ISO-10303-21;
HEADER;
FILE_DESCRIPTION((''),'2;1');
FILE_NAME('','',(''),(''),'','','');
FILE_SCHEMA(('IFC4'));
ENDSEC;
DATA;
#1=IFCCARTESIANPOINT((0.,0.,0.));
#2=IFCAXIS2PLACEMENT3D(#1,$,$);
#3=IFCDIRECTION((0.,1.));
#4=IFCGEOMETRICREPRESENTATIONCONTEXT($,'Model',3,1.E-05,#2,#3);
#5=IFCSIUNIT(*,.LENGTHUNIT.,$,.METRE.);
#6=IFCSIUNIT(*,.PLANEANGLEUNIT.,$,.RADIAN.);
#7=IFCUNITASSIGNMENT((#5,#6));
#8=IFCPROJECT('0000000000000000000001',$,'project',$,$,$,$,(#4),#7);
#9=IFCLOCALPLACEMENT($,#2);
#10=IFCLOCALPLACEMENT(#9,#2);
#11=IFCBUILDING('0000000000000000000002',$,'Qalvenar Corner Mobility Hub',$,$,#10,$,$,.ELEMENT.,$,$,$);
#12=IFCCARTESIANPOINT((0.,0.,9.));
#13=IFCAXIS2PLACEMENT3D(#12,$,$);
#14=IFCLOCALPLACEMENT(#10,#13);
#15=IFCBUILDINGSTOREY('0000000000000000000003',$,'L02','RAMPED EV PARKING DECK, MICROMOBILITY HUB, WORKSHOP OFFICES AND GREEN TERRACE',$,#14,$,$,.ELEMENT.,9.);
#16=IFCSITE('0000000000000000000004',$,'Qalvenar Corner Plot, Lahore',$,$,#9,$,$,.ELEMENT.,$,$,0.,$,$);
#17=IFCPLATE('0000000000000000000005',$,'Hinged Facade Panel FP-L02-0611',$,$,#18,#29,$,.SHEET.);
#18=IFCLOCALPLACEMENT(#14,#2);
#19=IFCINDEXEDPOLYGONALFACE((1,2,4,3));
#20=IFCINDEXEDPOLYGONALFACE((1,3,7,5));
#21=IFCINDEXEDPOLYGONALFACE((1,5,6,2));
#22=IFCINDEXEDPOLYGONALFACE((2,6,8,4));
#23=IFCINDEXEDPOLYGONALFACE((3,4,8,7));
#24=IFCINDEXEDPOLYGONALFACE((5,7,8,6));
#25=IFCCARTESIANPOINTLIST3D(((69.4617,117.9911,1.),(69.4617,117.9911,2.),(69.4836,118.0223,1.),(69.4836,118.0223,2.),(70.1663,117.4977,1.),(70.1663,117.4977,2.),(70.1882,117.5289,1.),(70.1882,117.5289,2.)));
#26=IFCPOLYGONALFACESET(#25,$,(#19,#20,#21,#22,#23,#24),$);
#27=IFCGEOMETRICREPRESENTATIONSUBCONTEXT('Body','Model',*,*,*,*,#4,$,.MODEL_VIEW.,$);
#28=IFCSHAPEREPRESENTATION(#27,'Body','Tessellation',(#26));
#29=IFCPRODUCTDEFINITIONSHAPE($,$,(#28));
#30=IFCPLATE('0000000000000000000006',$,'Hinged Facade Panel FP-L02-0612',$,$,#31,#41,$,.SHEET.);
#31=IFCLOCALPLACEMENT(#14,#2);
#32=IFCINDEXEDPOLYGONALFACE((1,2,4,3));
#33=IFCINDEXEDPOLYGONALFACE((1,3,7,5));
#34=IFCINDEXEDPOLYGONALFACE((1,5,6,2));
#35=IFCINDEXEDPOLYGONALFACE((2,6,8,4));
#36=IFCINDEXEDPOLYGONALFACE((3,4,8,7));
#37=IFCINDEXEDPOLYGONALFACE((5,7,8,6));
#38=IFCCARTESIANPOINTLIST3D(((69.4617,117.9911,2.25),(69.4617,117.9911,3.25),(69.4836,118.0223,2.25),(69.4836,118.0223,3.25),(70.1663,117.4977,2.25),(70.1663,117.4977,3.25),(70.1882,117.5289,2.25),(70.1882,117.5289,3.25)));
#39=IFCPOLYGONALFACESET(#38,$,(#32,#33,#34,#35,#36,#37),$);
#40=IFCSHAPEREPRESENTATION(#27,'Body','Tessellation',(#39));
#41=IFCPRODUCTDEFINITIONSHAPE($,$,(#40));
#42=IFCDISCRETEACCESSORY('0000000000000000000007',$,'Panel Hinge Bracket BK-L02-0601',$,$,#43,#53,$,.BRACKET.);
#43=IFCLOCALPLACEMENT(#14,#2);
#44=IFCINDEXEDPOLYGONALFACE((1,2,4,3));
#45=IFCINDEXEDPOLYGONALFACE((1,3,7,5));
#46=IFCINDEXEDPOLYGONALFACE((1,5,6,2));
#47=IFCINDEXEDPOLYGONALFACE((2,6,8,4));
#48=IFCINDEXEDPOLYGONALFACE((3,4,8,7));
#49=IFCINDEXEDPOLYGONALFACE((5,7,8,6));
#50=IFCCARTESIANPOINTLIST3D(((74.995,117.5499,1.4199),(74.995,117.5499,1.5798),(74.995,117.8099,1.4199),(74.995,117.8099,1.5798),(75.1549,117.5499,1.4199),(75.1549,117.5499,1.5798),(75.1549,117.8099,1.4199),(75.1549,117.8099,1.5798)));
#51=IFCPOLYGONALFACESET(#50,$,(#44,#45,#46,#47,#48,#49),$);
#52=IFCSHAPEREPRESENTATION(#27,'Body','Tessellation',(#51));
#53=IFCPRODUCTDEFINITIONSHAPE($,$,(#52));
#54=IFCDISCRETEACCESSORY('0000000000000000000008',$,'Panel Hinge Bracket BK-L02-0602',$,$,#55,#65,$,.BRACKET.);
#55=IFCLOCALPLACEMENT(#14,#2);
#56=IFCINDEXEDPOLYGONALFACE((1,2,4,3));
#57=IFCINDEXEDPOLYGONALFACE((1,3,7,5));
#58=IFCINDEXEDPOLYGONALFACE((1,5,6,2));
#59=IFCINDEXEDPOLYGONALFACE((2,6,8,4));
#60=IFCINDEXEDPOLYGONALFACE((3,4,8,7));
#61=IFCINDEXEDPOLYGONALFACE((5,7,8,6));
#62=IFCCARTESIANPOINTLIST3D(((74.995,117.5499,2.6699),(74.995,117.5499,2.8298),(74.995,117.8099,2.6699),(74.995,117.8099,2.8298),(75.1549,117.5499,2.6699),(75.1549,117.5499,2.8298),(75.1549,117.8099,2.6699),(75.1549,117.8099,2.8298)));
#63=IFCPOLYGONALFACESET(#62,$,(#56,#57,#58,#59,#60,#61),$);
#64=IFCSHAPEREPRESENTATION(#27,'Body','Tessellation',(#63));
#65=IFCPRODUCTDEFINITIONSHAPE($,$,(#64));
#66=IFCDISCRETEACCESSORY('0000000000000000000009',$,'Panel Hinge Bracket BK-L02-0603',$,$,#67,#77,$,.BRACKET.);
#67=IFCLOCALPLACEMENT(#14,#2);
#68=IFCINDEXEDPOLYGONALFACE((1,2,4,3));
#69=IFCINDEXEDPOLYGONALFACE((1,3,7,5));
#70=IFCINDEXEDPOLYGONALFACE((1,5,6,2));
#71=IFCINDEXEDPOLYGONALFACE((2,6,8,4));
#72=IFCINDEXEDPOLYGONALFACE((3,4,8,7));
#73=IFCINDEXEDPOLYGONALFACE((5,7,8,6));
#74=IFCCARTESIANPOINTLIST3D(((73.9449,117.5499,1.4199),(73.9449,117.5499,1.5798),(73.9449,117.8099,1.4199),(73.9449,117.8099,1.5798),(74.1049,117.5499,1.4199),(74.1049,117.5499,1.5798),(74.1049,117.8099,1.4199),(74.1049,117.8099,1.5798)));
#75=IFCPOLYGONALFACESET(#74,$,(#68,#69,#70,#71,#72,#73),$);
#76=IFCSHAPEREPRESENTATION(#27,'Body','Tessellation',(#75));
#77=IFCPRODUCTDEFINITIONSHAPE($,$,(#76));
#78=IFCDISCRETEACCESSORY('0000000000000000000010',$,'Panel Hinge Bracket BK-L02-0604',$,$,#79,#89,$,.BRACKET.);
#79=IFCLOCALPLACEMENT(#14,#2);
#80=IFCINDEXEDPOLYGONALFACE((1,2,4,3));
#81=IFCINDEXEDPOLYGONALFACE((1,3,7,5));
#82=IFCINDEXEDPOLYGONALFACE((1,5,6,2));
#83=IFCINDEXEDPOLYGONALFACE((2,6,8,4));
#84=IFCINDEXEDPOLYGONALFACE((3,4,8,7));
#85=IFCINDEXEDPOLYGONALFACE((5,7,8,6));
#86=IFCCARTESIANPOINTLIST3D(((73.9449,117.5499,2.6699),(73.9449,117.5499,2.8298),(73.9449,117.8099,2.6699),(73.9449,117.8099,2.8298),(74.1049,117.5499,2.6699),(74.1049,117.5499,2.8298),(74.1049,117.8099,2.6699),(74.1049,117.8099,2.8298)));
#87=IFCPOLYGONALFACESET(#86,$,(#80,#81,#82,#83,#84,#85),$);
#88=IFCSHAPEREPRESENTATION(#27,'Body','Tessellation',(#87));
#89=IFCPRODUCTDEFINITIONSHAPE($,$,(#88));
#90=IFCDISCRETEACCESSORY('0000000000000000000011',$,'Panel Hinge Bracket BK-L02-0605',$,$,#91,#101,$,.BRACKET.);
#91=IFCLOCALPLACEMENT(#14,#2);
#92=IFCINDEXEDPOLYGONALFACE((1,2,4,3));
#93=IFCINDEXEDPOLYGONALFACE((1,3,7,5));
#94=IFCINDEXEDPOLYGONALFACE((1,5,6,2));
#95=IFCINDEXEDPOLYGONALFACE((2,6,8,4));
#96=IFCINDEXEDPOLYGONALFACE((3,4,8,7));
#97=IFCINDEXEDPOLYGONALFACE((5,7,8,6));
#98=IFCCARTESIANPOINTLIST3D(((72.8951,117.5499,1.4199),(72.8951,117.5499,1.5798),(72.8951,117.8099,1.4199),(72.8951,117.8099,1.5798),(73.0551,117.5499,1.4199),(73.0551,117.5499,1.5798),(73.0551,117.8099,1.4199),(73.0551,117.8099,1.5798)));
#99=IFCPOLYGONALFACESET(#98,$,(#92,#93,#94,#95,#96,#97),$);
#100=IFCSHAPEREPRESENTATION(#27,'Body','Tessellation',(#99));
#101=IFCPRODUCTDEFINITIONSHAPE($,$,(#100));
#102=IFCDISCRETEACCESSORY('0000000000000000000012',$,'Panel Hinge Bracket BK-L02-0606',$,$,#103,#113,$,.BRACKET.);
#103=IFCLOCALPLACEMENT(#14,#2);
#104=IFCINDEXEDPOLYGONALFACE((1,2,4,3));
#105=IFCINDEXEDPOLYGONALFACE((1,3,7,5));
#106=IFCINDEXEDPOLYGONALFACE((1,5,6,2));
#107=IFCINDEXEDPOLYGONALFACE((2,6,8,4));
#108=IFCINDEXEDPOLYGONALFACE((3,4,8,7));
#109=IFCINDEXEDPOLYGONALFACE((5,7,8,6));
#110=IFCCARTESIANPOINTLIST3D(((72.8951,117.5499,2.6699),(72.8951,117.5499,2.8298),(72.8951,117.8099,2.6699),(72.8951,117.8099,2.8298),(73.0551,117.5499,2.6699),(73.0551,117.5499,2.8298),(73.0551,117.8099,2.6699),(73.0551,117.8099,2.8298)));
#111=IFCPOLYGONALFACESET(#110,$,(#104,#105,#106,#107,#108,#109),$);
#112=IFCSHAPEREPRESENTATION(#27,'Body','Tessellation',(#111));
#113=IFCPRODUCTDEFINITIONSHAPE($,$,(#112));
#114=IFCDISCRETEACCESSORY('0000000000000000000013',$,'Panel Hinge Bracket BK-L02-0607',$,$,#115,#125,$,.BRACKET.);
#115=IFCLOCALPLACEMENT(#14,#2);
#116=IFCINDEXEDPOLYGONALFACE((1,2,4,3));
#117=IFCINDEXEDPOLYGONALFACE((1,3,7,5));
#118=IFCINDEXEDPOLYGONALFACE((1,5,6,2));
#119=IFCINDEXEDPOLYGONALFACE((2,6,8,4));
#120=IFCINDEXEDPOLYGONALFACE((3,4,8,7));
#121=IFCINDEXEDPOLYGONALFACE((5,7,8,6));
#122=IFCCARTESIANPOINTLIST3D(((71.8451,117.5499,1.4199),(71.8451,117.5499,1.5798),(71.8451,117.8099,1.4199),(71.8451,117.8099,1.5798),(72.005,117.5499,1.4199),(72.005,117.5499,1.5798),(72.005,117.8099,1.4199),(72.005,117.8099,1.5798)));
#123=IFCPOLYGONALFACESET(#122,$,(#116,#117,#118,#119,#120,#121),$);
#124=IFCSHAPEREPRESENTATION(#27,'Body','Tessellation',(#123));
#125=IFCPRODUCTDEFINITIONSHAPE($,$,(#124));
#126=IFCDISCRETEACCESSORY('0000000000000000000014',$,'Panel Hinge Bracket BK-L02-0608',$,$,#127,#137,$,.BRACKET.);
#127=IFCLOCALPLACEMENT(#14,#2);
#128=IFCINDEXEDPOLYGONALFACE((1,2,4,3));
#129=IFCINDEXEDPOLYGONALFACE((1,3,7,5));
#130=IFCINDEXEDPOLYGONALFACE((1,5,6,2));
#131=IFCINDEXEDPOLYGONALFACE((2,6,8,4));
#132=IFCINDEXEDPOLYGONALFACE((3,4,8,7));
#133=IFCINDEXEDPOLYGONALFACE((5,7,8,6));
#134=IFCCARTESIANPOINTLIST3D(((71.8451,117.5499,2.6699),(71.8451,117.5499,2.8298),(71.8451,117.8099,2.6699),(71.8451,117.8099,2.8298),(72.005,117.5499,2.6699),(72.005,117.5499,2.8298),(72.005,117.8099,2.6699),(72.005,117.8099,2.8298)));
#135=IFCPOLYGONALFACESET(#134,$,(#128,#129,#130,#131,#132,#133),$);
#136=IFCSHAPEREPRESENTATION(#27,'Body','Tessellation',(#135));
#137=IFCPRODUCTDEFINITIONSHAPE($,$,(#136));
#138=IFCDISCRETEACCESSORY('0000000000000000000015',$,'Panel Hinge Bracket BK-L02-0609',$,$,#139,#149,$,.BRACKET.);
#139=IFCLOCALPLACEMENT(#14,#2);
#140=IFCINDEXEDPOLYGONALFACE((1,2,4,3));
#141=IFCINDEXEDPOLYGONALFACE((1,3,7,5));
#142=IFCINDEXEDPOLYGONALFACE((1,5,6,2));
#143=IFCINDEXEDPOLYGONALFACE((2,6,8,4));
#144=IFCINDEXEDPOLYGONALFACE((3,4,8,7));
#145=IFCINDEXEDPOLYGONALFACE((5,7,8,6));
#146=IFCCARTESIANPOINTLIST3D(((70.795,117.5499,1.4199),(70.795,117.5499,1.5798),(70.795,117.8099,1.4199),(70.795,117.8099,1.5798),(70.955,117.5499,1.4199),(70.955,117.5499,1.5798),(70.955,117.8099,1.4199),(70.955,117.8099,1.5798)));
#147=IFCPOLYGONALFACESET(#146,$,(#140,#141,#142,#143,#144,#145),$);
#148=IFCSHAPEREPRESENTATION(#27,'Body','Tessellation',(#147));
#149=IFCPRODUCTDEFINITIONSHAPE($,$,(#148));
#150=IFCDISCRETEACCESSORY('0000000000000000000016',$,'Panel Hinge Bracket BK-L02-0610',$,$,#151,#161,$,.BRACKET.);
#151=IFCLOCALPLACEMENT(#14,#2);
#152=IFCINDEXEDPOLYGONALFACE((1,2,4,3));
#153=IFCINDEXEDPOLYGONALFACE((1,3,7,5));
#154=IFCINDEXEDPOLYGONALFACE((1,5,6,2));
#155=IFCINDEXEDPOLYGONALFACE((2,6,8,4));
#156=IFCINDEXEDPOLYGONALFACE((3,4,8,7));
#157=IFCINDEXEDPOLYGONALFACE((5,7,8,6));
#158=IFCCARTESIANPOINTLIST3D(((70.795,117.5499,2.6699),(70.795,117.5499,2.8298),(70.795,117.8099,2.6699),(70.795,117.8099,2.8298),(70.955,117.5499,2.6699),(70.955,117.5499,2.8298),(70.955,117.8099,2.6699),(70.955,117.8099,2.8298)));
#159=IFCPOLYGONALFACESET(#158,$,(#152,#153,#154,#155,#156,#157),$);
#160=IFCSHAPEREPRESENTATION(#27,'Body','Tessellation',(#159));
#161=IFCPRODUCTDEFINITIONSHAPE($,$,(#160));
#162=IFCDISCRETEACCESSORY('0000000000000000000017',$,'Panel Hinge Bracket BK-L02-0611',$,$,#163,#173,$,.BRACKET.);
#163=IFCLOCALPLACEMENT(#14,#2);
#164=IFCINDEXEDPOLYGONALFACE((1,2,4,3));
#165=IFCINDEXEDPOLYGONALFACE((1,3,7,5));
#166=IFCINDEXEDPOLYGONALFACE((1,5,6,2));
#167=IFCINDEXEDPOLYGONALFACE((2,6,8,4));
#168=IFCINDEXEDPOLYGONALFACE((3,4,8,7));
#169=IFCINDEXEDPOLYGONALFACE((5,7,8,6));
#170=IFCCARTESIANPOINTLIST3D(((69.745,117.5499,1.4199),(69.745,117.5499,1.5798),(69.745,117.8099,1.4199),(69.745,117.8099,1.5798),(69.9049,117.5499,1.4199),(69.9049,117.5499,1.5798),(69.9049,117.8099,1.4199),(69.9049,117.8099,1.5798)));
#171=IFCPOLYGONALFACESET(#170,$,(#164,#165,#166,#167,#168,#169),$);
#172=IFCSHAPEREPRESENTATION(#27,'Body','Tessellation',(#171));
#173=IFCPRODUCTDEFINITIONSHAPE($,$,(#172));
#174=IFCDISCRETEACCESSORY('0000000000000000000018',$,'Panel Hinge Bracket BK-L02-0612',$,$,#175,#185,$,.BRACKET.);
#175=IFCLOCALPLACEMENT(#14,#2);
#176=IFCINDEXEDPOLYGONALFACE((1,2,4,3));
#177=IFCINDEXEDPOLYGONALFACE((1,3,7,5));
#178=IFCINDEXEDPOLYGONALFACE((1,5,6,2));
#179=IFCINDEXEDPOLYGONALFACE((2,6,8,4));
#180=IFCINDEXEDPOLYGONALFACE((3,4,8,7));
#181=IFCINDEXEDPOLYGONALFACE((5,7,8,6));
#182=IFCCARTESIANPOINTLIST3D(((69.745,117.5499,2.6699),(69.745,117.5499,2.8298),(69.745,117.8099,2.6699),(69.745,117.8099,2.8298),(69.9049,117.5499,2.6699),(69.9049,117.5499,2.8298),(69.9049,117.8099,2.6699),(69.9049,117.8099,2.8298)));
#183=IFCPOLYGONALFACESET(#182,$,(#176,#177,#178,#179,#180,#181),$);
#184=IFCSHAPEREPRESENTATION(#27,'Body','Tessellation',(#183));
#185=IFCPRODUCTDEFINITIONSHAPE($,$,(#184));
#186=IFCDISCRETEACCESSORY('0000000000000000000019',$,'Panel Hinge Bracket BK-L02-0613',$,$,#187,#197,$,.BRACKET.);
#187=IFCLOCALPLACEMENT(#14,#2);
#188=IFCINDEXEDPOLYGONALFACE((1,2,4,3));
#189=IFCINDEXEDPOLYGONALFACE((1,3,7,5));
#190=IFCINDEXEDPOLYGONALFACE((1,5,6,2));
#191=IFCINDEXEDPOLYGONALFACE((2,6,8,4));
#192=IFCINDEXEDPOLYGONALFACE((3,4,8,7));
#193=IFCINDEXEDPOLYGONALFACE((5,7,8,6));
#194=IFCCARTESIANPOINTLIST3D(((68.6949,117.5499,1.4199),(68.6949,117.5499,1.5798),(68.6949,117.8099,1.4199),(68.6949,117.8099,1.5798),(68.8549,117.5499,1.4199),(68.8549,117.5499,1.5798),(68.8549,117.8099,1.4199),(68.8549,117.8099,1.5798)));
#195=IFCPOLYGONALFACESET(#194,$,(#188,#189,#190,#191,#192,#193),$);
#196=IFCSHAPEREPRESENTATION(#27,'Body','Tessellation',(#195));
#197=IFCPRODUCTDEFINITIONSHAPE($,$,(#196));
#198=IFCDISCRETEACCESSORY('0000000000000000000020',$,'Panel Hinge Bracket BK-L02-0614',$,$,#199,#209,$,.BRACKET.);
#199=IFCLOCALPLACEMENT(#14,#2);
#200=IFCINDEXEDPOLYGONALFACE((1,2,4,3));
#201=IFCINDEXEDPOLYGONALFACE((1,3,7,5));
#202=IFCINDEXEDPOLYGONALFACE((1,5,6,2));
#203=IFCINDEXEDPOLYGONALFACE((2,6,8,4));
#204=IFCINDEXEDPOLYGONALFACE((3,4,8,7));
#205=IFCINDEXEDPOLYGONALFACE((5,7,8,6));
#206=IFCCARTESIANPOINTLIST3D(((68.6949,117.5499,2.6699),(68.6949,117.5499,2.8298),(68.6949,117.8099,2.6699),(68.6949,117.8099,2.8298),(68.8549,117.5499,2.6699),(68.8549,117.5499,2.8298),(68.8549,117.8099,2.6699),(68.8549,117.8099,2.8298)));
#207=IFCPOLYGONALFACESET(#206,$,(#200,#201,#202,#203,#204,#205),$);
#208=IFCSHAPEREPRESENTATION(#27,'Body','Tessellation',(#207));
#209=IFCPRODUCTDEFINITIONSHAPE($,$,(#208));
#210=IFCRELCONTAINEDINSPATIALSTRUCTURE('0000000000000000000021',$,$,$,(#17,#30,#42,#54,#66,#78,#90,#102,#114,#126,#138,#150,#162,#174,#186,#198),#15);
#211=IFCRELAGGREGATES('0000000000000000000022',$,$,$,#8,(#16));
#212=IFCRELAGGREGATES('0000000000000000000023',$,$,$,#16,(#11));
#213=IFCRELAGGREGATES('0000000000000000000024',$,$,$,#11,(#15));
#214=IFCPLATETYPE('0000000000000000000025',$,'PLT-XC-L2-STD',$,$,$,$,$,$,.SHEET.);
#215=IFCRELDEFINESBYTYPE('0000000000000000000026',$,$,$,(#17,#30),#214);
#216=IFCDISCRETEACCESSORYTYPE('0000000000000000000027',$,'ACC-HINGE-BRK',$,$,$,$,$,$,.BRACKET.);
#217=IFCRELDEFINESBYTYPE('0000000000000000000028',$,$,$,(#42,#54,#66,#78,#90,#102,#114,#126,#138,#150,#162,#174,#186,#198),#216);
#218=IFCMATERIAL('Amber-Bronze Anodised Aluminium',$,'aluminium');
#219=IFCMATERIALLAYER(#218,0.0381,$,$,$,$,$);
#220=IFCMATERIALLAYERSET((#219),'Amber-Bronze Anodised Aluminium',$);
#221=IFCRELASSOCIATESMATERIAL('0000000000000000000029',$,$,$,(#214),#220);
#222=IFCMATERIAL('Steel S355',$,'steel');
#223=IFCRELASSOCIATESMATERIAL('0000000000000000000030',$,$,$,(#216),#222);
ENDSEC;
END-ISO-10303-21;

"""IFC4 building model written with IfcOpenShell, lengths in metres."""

from ifc_helpers import new_model, si_unit, direction, frame, origin, origin_2d, place, context, subcontext, project, spatial, rectangle, extrude, material, layer, layer_set, type_object, element, save


model = new_model("IFC4")

# Units and contexts
model_context = context("Model", 3, precision=1e-05, world=origin(), true_north=direction((0.0, 1.0)))
body_context = subcontext(model_context, "Body", "Model", "MODEL_VIEW")
ifc_project = project(units=[si_unit("LENGTHUNIT", "METRE"), si_unit("PLANEANGLEUNIT", "RADIAN")], contexts=[model_context])

# Site, building, storey
site_placement = place(None, origin())
site = spatial("IfcSite", under=ifc_project, at=site_placement, Name="Qalvenar Corner Plot, Lahore", CompositionType="ELEMENT", RefElevation=0.0)
building_placement = place(site_placement, origin())
building = spatial("IfcBuilding", under=site, at=building_placement, Name="Qalvenar Corner Mobility Hub", CompositionType="ELEMENT")
storey_placement = place(building_placement, frame((0.0, 0.0, 9.0)))
storey = spatial("IfcBuildingStorey", under=building, at=storey_placement, Name="L02", Description="RAMPED EV PARKING DECK, MICROMOBILITY HUB, WORKSHOP OFFICES AND GREEN TERRACE", CompositionType="ELEMENT", Elevation=9.0)

# Shared definitions
ifc_material_1 = material(Name="Steel S355", Category="steel")

# Plates
ifc_material_2 = material(Name="Amber-Bronze Anodised Aluminium", Category="aluminium")
ifc_layer_1 = layer(ifc_material_2, 0.0381)
ifc_layer_set_1 = layer_set([ifc_layer_1], Name="Amber-Bronze Anodised Aluminium")
plate_type_1 = type_object("IfcPlateType", Name="PLT-XC-L2-STD", PredefinedType="SHEET", material=ifc_layer_set_1)
for number, where, z_axis, x_axis, name in (
    (1, (69.825, 117.76, 1.0), (0.0, 0.0, 1.0), (-0.819152, 0.573576, 0.0), "Hinged Facade Panel FP-L02-0611"),
    (2, (69.825, 117.76, 2.25), (0.0, 0.0, 1.0), (-0.819152, 0.573576, 0.0), "Hinged Facade Panel FP-L02-0612"),
):
    element("IfcPlate", number, at=place(storey_placement, frame(where, z_axis=z_axis, x_axis=x_axis)), inside=storey, type_object=plate_type_1, Name=name, PredefinedType="SHEET", context=body_context, shape_type="SweptSolid", body=[
        extrude(rectangle(XDim=0.8601, YDim=0.0381, at=origin_2d()), origin(), (0.0, 0.0, 1.0), 1.0),
    ])

# Discrete accessories
discrete_accessory_type = type_object("IfcDiscreteAccessoryType", Name="ACC-HINGE-BRK", PredefinedType="BRACKET", material=ifc_material_1)
for number, where, z_axis, x_axis, name in (
    (3, (75.075, 117.6799, 1.4199), (0.0, 0.0, 1.0), (-1.0, 0.0, 0.0), "Panel Hinge Bracket BK-L02-0601"),
    (4, (75.075, 117.6799, 2.6699), (0.0, 0.0, 1.0), (-1.0, 0.0, 0.0), "Panel Hinge Bracket BK-L02-0602"),
    (5, (74.0249, 117.6799, 1.4199), (0.0, 0.0, 1.0), (-1.0, 0.0, 0.0), "Panel Hinge Bracket BK-L02-0603"),
    (6, (74.0249, 117.6799, 2.6699), (0.0, 0.0, 1.0), (-1.0, 0.0, 0.0), "Panel Hinge Bracket BK-L02-0604"),
    (7, (72.9751, 117.6799, 1.4199), (0.0, 0.0, 1.0), (-1.0, 0.0, 0.0), "Panel Hinge Bracket BK-L02-0605"),
    (8, (72.9751, 117.6799, 2.6699), (0.0, 0.0, 1.0), (-1.0, 0.0, 0.0), "Panel Hinge Bracket BK-L02-0606"),
    (9, (71.925, 117.6799, 1.4199), (0.0, 0.0, 1.0), (-1.0, 0.0, 0.0), "Panel Hinge Bracket BK-L02-0607"),
    (10, (71.925, 117.6799, 2.6699), (0.0, 0.0, 1.0), (-1.0, 0.0, 0.0), "Panel Hinge Bracket BK-L02-0608"),
    (11, (70.875, 117.6799, 1.4199), (0.0, 0.0, 1.0), (-1.0, 0.0, 0.0), "Panel Hinge Bracket BK-L02-0609"),
    (12, (70.875, 117.6799, 2.6699), (0.0, 0.0, 1.0), (-1.0, 0.0, 0.0), "Panel Hinge Bracket BK-L02-0610"),
    (13, (69.825, 117.6799, 1.4199), (0.0, 0.0, 1.0), (-1.0, 0.0, 0.0), "Panel Hinge Bracket BK-L02-0611"),
    (14, (69.825, 117.6799, 2.6699), (0.0, 0.0, 1.0), (-1.0, 0.0, 0.0), "Panel Hinge Bracket BK-L02-0612"),
    (15, (68.7749, 117.6799, 1.4199), (0.0, 0.0, 1.0), (-1.0, 0.0, 0.0), "Panel Hinge Bracket BK-L02-0613"),
    (16, (68.7749, 117.6799, 2.6699), (0.0, 0.0, 1.0), (-1.0, 0.0, 0.0), "Panel Hinge Bracket BK-L02-0614"),
):
    element("IfcDiscreteAccessory", number, at=place(storey_placement, frame(where, z_axis=z_axis, x_axis=x_axis)), inside=storey, type_object=discrete_accessory_type, Name=name, PredefinedType="BRACKET", context=body_context, shape_type="SweptSolid", body=[
        extrude(rectangle(XDim=0.1599, YDim=0.26, at=origin_2d()), origin(), (0.0, 0.0, 1.0), 0.1599),
    ])

save(model, "model.ifc")
